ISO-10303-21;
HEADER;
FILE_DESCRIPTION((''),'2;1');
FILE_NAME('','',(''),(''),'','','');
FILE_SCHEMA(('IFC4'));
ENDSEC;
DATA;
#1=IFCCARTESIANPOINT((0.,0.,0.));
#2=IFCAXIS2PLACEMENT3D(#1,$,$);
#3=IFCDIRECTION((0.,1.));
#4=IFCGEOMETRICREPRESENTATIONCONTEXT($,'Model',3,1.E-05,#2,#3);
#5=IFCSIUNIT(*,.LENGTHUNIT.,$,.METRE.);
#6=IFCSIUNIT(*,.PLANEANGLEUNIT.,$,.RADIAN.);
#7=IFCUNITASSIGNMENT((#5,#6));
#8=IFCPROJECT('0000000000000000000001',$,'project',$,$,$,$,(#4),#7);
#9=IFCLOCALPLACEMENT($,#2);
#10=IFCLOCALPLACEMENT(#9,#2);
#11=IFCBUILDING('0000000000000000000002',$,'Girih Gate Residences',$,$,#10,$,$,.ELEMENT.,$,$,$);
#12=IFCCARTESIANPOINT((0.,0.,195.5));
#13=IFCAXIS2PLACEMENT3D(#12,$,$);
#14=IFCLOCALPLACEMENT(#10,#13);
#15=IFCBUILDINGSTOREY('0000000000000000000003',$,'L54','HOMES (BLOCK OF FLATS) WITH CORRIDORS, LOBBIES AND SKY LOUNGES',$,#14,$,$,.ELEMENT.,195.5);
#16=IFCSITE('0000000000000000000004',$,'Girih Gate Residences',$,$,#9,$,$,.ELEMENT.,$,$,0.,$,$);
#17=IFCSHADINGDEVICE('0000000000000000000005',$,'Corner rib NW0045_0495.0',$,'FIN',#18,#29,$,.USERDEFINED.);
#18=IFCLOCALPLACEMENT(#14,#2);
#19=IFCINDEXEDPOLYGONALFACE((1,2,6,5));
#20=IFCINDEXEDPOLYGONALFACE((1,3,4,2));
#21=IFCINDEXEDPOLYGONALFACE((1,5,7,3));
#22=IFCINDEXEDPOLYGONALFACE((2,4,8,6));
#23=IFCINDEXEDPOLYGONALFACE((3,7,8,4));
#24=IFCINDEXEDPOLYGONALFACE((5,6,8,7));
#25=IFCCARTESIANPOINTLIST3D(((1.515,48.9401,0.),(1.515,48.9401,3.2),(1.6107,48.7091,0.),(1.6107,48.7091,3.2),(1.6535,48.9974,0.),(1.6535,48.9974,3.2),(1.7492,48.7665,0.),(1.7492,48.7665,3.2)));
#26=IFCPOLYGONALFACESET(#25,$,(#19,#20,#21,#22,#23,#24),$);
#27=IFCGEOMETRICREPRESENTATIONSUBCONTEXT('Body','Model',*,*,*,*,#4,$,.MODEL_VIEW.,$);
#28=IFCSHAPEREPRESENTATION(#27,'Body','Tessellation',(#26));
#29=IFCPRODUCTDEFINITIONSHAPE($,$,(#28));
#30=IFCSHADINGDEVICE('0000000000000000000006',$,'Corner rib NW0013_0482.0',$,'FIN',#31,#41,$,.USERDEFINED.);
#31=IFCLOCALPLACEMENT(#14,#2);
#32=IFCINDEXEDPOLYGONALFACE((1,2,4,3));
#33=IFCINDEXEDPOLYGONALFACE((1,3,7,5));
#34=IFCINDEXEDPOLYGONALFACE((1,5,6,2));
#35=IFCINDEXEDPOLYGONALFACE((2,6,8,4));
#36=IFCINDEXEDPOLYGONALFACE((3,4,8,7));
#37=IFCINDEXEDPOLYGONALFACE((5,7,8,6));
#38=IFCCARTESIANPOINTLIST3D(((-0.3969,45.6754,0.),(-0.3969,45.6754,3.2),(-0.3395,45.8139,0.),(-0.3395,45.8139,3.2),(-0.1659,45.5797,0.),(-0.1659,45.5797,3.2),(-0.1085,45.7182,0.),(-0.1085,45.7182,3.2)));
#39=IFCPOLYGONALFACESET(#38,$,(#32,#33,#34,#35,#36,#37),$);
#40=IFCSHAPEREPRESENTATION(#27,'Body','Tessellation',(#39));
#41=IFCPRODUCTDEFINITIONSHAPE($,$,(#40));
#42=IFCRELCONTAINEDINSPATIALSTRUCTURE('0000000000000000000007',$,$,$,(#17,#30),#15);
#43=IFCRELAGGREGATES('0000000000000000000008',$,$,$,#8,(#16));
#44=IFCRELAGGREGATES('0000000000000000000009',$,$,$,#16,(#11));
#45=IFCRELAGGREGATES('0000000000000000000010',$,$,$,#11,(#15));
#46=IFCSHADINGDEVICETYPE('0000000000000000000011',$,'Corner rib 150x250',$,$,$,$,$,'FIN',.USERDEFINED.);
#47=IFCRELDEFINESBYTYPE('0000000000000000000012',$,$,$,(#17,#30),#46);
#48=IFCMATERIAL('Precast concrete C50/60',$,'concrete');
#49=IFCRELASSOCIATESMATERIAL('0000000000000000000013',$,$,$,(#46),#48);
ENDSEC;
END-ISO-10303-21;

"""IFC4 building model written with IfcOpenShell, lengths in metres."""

from ifc_helpers import new_model, si_unit, direction, frame, origin, origin_2d, place, context, subcontext, project, spatial, rectangle, extrude, material, type_object, element, save


model = new_model("IFC4")

# Units and contexts
model_context = context("Model", 3, precision=1e-05, world=origin(), true_north=direction((0.0, 1.0)))
body_context = subcontext(model_context, "Body", "Model", "MODEL_VIEW")
ifc_project = project(units=[si_unit("LENGTHUNIT", "METRE"), si_unit("PLANEANGLEUNIT", "RADIAN")], contexts=[model_context])

# Site, building, storey
site_placement = place(None, origin())
site = spatial("IfcSite", under=ifc_project, at=site_placement, Name="Girih Gate Residences", CompositionType="ELEMENT", RefElevation=0.0)
building_placement = place(site_placement, origin())
building = spatial("IfcBuilding", under=site, at=building_placement, Name="Girih Gate Residences", CompositionType="ELEMENT")
storey_placement = place(building_placement, frame((0.0, 0.0, 195.5)))
storey = spatial("IfcBuildingStorey", under=building, at=storey_placement, Name="L54", Description="HOMES (BLOCK OF FLATS) WITH CORRIDORS, LOBBIES AND SKY LOUNGES", CompositionType="ELEMENT", Elevation=195.5)

# Shared definitions
ifc_material_1 = material(Name="Precast concrete C50/60", Category="concrete")

# Shading devices
shading_device_type = type_object("IfcShadingDeviceType", Name="Corner rib 150x250", ElementType="FIN", PredefinedType="USERDEFINED", material=ifc_material_1)
for number, where, z_axis, x_axis, name in (
    (1, (1.6321, 48.8533, 0.0), (0.0, 0.0, 1.0), (-0.92388, -0.382683, 0.0), "Corner rib NW0045_0495.0"),
    (2, (-0.2527, 45.6968, 0.0), (0.0, 0.0, 1.0), (-0.382683, -0.92388, 0.0), "Corner rib NW0013_0482.0"),
):
    element("IfcShadingDevice", number, at=place(storey_placement, frame(where, z_axis=z_axis, x_axis=x_axis)), inside=storey, type_object=shading_device_type, Name=name, ObjectType="FIN", PredefinedType="USERDEFINED", context=body_context, shape_type="SweptSolid", body=[
        extrude(rectangle(XDim=0.1499, YDim=0.25, at=origin_2d()), origin(), (0.0, 0.0, 1.0), 3.2),
    ])

save(model, "model.ifc")
